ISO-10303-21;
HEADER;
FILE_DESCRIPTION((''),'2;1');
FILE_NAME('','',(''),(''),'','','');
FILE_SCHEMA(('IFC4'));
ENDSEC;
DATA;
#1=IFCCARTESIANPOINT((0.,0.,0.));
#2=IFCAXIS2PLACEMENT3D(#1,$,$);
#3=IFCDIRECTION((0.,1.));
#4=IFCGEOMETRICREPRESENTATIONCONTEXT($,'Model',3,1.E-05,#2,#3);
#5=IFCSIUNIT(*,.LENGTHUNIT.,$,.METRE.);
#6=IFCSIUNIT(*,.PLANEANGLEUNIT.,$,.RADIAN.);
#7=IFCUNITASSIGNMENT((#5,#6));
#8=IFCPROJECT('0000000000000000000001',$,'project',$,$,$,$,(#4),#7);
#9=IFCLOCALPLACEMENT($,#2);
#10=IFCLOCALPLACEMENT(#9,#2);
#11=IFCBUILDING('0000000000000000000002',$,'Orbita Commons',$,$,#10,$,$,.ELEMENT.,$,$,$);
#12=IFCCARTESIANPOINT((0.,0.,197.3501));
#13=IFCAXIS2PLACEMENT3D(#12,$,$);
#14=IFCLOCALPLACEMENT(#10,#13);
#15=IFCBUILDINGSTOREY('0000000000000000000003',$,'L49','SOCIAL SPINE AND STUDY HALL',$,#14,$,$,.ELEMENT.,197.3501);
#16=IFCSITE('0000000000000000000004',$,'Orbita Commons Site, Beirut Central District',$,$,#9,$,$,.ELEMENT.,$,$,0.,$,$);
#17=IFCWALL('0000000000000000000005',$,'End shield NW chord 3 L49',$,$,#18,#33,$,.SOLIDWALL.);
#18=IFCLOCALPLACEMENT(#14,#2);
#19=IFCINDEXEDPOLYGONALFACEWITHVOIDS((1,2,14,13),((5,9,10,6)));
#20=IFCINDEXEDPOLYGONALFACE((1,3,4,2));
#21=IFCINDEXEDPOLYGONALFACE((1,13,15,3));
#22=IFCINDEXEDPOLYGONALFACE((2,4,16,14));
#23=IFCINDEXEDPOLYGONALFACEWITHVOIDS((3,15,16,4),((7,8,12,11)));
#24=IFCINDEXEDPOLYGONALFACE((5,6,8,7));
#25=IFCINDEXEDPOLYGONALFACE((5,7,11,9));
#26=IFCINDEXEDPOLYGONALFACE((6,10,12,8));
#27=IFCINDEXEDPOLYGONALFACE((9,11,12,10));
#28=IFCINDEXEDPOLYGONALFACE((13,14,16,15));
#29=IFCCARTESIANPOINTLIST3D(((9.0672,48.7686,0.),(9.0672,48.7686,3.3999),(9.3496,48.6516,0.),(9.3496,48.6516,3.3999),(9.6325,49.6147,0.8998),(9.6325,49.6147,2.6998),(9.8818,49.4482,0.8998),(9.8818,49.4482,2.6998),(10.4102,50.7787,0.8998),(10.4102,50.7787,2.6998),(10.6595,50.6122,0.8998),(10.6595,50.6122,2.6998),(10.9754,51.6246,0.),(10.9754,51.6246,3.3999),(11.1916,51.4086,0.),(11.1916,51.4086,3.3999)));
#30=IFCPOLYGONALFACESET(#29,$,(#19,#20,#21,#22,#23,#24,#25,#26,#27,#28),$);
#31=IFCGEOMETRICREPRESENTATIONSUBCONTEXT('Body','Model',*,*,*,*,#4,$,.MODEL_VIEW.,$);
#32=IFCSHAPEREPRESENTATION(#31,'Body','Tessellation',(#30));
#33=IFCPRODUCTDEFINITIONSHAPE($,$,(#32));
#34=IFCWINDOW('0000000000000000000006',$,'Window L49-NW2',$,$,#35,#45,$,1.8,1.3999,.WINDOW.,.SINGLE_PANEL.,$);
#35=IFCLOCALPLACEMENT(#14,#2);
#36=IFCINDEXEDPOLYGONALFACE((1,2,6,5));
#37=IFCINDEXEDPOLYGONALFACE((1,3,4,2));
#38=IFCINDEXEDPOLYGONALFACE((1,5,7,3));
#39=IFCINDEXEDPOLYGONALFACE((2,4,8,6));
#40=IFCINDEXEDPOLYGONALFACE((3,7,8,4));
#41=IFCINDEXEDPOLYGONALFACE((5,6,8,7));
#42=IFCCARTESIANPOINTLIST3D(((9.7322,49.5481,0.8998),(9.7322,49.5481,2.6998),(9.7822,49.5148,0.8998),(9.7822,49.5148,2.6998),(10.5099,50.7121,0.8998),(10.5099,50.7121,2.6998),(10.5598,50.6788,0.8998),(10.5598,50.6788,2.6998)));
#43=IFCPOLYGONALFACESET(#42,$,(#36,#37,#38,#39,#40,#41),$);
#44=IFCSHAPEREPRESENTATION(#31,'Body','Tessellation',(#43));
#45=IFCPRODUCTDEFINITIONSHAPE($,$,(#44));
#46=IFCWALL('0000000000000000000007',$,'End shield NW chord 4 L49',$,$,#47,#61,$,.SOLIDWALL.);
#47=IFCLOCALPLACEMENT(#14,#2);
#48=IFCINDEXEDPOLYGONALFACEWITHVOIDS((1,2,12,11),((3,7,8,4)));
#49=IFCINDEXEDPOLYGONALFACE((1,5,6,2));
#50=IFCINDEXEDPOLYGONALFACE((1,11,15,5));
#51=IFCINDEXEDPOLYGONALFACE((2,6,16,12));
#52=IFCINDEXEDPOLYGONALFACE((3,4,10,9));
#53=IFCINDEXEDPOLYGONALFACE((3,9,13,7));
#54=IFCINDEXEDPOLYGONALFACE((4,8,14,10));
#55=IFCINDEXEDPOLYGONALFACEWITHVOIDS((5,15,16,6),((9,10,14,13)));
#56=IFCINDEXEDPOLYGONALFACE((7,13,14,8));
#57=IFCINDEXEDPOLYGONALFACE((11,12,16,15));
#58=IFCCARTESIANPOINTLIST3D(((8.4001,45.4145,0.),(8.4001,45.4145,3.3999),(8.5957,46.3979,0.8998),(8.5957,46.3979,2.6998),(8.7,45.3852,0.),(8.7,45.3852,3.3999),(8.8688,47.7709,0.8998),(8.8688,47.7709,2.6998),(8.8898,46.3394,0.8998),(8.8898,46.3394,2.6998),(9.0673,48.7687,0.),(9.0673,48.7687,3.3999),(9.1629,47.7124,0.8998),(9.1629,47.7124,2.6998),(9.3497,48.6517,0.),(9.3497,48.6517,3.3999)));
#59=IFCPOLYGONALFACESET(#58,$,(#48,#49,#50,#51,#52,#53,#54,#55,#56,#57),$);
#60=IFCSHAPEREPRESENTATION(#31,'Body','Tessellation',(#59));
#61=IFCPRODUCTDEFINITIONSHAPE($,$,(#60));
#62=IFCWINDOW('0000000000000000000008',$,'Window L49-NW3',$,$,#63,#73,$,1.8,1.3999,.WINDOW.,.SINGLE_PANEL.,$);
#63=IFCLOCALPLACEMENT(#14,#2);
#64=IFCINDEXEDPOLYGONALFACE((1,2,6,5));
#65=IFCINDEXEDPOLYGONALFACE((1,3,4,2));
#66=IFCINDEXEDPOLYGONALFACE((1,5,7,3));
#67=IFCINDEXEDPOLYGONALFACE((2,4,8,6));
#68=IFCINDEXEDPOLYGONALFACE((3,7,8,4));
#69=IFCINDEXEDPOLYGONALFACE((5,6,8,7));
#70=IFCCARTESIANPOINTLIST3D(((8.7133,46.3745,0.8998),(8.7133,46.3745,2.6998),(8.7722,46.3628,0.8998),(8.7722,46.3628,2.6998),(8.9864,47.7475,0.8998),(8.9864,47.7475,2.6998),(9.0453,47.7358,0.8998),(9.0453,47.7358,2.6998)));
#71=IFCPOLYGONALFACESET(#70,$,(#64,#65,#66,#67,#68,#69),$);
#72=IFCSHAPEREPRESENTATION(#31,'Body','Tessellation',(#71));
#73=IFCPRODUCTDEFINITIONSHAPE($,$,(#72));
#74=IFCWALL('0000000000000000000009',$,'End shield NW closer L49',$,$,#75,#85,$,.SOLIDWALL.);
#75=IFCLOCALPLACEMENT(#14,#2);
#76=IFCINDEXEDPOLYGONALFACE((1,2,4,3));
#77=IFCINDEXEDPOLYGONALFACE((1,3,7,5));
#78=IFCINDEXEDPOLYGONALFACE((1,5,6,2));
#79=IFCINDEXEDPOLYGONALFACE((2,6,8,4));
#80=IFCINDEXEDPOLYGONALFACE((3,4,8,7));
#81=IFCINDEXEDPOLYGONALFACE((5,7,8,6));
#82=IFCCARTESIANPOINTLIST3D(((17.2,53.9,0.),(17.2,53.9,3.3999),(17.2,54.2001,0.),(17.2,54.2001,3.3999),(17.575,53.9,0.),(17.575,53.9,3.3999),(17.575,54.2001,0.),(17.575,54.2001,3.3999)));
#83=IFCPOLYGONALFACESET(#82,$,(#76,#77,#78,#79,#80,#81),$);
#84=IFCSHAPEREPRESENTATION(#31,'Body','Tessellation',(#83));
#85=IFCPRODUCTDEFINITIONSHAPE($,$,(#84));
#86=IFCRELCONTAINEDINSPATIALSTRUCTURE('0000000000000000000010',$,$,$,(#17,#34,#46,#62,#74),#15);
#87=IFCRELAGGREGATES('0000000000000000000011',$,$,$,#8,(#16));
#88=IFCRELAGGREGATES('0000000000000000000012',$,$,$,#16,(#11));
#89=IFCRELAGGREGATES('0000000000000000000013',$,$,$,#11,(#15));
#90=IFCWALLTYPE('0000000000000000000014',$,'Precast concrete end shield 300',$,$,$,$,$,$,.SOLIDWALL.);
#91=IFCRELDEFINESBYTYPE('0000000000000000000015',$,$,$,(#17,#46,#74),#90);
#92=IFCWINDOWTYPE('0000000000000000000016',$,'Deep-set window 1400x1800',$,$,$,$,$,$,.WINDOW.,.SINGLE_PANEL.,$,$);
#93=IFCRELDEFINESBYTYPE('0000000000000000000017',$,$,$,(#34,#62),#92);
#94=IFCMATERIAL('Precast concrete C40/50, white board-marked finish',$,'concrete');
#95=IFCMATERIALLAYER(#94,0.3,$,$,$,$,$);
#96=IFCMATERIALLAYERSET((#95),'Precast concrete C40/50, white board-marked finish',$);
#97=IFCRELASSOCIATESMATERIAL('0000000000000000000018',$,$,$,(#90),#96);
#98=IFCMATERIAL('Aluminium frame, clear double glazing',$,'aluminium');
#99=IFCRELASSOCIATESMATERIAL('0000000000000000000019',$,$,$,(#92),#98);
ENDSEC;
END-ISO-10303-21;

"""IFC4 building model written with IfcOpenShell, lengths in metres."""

from ifc_helpers import new_model, si_unit, direction, frame, frame_2d, origin, place, context, subcontext, project, spatial, polyline, rectangle, outline, extrude, material, layer, layer_set, type_object, element, fill, save


model = new_model("IFC4")

# Units and contexts
model_context = context("Model", 3, precision=1e-05, world=origin(), true_north=direction((0.0, 1.0)))
body_context = subcontext(model_context, "Body", "Model", "MODEL_VIEW")
ifc_project = project(units=[si_unit("LENGTHUNIT", "METRE"), si_unit("PLANEANGLEUNIT", "RADIAN")], contexts=[model_context])

# Site, building, storey
site_placement = place(None, origin())
site = spatial("IfcSite", under=ifc_project, at=site_placement, Name="Orbita Commons Site, Beirut Central District", CompositionType="ELEMENT", RefElevation=0.0)
building_placement = place(site_placement, origin())
building = spatial("IfcBuilding", under=site, at=building_placement, Name="Orbita Commons", CompositionType="ELEMENT")
storey_placement = place(building_placement, frame((0.0, 0.0, 197.3501)))
storey = spatial("IfcBuildingStorey", under=building, at=storey_placement, Name="L49", Description="SOCIAL SPINE AND STUDY HALL", CompositionType="ELEMENT", Elevation=197.3501)

# Walls, openings, windows
ifc_material_1 = material(Name="Precast concrete C40/50, white board-marked finish", Category="concrete")
ifc_layer_1 = layer(ifc_material_1, 0.3)
ifc_layer_set_1 = layer_set([ifc_layer_1], Name="Precast concrete C40/50, white board-marked finish")
wall_type_1 = type_object("IfcWallType", Name="Precast concrete end shield 300", PredefinedType="SOLIDWALL", material=ifc_layer_set_1)
ifc_material_2 = material(Name="Aluminium frame, clear double glazing", Category="aluminium")
window_type = type_object("IfcWindowType", Name="Deep-set window 1400x1800", PartitioningType="SINGLE_PANEL", PredefinedType="WINDOW", material=ifc_material_2)
wall_1_placement = place(storey_placement, frame((11.0835, 51.5166, 0.0), z_axis=(0.0, 0.0, 1.0), x_axis=(-0.555535, -0.831493, 0.0)))
wall_1 = element("IfcWall", 1, at=wall_1_placement, inside=storey, type_object=wall_type_1, Name="End shield NW chord 3 L49", PredefinedType="SOLIDWALL", context=body_context, shape_type="SweptSolid", body=[
    extrude(outline(polyline([(-0.0298, -0.1499), (3.405, -0.1499), (3.3455, 0.1499), (0.0298, 0.1499), (-0.0298, -0.1499)])), origin(), (0.0, 0.0, 1.0), 3.3999),
])
opening_1_placement = place(wall_1_placement, frame((0.9875, 0.0, 0.8999)))
opening_1 = element("IfcOpeningElement", 2, at=opening_1_placement, cuts=wall_1, PredefinedType="OPENING", context=body_context, shape_type="SweptSolid", body=[
    extrude(rectangle(XDim=1.3999, YDim=1.8, at=frame_2d((0.7, 0.8999))), frame((0.0, 0.1599, 0.0), z_axis=(0.0, -1.0, 0.0), x_axis=(1.0, 0.0, 0.0)), (0.0, 0.0, 1.0), 0.3201),
])
window_1_placement = place(opening_1_placement, origin())
window_1 = element("IfcWindow", 3, at=window_1_placement, inside=storey, type_object=window_type, Name="Window L49-NW2", OverallHeight=1.8, OverallWidth=1.3999, PartitioningType="SINGLE_PANEL", PredefinedType="WINDOW", context=body_context, shape_type="SweptSolid", body=[
    extrude(rectangle(XDim=1.3999, YDim=1.8, at=frame_2d((0.7, 0.8999))), frame((0.0, 0.03, 0.0), z_axis=(0.0, -1.0, 0.0), x_axis=(1.0, 0.0, 0.0)), (0.0, 0.0, 1.0), 0.0601),
])
fill(opening_1, window_1)
wall_2_placement = place(storey_placement, frame((9.2085, 48.7102, 0.0), z_axis=(0.0, 0.0, 1.0), x_axis=(-0.195087, -0.980786, 0.0)))
wall_2 = element("IfcWall", 4, at=wall_2_placement, inside=storey, type_object=wall_type_1, Name="End shield NW chord 4 L49", PredefinedType="SOLIDWALL", context=body_context, shape_type="SweptSolid", body=[
    extrude(outline(polyline([(-0.0298, -0.1499), (3.3901, -0.1499), (3.3604, 0.1499), (0.0298, 0.1499), (-0.0298, -0.1499)])), origin(), (0.0, 0.0, 1.0), 3.3999),
])
opening_2_placement = place(wall_2_placement, frame((0.9875, 0.0, 0.8999)))
opening_2 = element("IfcOpeningElement", 5, at=opening_2_placement, cuts=wall_2, PredefinedType="OPENING", context=body_context, shape_type="SweptSolid", body=[
    extrude(rectangle(XDim=1.3999, YDim=1.8, at=frame_2d((0.7, 0.8999))), frame((0.0, 0.1599, 0.0), z_axis=(0.0, -1.0, 0.0), x_axis=(1.0, 0.0, 0.0)), (0.0, 0.0, 1.0), 0.3201),
])
window_2_placement = place(opening_2_placement, origin())
window_2 = element("IfcWindow", 6, at=window_2_placement, inside=storey, type_object=window_type, Name="Window L49-NW3", OverallHeight=1.8, OverallWidth=1.3999, PartitioningType="SINGLE_PANEL", PredefinedType="WINDOW", context=body_context, shape_type="SweptSolid", body=[
    extrude(rectangle(XDim=1.3999, YDim=1.8, at=frame_2d((0.7, 0.8999))), frame((0.0, 0.03, 0.0), z_axis=(0.0, -1.0, 0.0), x_axis=(1.0, 0.0, 0.0)), (0.0, 0.0, 1.0), 0.0601),
])
fill(opening_2, window_2)

# Wall
wall_3_placement = place(storey_placement, frame((17.2, 54.05, 0.0), z_axis=(0.0, 0.0, 1.0), x_axis=(1.0, 0.0, 0.0)))
element("IfcWall", 7, at=wall_3_placement, inside=storey, type_object=wall_type_1, Name="End shield NW closer L49", PredefinedType="SOLIDWALL", context=body_context, shape_type="SweptSolid", body=[
    extrude(rectangle(XDim=0.375, YDim=0.3, at=frame_2d((0.1875, 0.0))), origin(), (0.0, 0.0, 1.0), 3.3999),
])

save(model, "model.ifc")
